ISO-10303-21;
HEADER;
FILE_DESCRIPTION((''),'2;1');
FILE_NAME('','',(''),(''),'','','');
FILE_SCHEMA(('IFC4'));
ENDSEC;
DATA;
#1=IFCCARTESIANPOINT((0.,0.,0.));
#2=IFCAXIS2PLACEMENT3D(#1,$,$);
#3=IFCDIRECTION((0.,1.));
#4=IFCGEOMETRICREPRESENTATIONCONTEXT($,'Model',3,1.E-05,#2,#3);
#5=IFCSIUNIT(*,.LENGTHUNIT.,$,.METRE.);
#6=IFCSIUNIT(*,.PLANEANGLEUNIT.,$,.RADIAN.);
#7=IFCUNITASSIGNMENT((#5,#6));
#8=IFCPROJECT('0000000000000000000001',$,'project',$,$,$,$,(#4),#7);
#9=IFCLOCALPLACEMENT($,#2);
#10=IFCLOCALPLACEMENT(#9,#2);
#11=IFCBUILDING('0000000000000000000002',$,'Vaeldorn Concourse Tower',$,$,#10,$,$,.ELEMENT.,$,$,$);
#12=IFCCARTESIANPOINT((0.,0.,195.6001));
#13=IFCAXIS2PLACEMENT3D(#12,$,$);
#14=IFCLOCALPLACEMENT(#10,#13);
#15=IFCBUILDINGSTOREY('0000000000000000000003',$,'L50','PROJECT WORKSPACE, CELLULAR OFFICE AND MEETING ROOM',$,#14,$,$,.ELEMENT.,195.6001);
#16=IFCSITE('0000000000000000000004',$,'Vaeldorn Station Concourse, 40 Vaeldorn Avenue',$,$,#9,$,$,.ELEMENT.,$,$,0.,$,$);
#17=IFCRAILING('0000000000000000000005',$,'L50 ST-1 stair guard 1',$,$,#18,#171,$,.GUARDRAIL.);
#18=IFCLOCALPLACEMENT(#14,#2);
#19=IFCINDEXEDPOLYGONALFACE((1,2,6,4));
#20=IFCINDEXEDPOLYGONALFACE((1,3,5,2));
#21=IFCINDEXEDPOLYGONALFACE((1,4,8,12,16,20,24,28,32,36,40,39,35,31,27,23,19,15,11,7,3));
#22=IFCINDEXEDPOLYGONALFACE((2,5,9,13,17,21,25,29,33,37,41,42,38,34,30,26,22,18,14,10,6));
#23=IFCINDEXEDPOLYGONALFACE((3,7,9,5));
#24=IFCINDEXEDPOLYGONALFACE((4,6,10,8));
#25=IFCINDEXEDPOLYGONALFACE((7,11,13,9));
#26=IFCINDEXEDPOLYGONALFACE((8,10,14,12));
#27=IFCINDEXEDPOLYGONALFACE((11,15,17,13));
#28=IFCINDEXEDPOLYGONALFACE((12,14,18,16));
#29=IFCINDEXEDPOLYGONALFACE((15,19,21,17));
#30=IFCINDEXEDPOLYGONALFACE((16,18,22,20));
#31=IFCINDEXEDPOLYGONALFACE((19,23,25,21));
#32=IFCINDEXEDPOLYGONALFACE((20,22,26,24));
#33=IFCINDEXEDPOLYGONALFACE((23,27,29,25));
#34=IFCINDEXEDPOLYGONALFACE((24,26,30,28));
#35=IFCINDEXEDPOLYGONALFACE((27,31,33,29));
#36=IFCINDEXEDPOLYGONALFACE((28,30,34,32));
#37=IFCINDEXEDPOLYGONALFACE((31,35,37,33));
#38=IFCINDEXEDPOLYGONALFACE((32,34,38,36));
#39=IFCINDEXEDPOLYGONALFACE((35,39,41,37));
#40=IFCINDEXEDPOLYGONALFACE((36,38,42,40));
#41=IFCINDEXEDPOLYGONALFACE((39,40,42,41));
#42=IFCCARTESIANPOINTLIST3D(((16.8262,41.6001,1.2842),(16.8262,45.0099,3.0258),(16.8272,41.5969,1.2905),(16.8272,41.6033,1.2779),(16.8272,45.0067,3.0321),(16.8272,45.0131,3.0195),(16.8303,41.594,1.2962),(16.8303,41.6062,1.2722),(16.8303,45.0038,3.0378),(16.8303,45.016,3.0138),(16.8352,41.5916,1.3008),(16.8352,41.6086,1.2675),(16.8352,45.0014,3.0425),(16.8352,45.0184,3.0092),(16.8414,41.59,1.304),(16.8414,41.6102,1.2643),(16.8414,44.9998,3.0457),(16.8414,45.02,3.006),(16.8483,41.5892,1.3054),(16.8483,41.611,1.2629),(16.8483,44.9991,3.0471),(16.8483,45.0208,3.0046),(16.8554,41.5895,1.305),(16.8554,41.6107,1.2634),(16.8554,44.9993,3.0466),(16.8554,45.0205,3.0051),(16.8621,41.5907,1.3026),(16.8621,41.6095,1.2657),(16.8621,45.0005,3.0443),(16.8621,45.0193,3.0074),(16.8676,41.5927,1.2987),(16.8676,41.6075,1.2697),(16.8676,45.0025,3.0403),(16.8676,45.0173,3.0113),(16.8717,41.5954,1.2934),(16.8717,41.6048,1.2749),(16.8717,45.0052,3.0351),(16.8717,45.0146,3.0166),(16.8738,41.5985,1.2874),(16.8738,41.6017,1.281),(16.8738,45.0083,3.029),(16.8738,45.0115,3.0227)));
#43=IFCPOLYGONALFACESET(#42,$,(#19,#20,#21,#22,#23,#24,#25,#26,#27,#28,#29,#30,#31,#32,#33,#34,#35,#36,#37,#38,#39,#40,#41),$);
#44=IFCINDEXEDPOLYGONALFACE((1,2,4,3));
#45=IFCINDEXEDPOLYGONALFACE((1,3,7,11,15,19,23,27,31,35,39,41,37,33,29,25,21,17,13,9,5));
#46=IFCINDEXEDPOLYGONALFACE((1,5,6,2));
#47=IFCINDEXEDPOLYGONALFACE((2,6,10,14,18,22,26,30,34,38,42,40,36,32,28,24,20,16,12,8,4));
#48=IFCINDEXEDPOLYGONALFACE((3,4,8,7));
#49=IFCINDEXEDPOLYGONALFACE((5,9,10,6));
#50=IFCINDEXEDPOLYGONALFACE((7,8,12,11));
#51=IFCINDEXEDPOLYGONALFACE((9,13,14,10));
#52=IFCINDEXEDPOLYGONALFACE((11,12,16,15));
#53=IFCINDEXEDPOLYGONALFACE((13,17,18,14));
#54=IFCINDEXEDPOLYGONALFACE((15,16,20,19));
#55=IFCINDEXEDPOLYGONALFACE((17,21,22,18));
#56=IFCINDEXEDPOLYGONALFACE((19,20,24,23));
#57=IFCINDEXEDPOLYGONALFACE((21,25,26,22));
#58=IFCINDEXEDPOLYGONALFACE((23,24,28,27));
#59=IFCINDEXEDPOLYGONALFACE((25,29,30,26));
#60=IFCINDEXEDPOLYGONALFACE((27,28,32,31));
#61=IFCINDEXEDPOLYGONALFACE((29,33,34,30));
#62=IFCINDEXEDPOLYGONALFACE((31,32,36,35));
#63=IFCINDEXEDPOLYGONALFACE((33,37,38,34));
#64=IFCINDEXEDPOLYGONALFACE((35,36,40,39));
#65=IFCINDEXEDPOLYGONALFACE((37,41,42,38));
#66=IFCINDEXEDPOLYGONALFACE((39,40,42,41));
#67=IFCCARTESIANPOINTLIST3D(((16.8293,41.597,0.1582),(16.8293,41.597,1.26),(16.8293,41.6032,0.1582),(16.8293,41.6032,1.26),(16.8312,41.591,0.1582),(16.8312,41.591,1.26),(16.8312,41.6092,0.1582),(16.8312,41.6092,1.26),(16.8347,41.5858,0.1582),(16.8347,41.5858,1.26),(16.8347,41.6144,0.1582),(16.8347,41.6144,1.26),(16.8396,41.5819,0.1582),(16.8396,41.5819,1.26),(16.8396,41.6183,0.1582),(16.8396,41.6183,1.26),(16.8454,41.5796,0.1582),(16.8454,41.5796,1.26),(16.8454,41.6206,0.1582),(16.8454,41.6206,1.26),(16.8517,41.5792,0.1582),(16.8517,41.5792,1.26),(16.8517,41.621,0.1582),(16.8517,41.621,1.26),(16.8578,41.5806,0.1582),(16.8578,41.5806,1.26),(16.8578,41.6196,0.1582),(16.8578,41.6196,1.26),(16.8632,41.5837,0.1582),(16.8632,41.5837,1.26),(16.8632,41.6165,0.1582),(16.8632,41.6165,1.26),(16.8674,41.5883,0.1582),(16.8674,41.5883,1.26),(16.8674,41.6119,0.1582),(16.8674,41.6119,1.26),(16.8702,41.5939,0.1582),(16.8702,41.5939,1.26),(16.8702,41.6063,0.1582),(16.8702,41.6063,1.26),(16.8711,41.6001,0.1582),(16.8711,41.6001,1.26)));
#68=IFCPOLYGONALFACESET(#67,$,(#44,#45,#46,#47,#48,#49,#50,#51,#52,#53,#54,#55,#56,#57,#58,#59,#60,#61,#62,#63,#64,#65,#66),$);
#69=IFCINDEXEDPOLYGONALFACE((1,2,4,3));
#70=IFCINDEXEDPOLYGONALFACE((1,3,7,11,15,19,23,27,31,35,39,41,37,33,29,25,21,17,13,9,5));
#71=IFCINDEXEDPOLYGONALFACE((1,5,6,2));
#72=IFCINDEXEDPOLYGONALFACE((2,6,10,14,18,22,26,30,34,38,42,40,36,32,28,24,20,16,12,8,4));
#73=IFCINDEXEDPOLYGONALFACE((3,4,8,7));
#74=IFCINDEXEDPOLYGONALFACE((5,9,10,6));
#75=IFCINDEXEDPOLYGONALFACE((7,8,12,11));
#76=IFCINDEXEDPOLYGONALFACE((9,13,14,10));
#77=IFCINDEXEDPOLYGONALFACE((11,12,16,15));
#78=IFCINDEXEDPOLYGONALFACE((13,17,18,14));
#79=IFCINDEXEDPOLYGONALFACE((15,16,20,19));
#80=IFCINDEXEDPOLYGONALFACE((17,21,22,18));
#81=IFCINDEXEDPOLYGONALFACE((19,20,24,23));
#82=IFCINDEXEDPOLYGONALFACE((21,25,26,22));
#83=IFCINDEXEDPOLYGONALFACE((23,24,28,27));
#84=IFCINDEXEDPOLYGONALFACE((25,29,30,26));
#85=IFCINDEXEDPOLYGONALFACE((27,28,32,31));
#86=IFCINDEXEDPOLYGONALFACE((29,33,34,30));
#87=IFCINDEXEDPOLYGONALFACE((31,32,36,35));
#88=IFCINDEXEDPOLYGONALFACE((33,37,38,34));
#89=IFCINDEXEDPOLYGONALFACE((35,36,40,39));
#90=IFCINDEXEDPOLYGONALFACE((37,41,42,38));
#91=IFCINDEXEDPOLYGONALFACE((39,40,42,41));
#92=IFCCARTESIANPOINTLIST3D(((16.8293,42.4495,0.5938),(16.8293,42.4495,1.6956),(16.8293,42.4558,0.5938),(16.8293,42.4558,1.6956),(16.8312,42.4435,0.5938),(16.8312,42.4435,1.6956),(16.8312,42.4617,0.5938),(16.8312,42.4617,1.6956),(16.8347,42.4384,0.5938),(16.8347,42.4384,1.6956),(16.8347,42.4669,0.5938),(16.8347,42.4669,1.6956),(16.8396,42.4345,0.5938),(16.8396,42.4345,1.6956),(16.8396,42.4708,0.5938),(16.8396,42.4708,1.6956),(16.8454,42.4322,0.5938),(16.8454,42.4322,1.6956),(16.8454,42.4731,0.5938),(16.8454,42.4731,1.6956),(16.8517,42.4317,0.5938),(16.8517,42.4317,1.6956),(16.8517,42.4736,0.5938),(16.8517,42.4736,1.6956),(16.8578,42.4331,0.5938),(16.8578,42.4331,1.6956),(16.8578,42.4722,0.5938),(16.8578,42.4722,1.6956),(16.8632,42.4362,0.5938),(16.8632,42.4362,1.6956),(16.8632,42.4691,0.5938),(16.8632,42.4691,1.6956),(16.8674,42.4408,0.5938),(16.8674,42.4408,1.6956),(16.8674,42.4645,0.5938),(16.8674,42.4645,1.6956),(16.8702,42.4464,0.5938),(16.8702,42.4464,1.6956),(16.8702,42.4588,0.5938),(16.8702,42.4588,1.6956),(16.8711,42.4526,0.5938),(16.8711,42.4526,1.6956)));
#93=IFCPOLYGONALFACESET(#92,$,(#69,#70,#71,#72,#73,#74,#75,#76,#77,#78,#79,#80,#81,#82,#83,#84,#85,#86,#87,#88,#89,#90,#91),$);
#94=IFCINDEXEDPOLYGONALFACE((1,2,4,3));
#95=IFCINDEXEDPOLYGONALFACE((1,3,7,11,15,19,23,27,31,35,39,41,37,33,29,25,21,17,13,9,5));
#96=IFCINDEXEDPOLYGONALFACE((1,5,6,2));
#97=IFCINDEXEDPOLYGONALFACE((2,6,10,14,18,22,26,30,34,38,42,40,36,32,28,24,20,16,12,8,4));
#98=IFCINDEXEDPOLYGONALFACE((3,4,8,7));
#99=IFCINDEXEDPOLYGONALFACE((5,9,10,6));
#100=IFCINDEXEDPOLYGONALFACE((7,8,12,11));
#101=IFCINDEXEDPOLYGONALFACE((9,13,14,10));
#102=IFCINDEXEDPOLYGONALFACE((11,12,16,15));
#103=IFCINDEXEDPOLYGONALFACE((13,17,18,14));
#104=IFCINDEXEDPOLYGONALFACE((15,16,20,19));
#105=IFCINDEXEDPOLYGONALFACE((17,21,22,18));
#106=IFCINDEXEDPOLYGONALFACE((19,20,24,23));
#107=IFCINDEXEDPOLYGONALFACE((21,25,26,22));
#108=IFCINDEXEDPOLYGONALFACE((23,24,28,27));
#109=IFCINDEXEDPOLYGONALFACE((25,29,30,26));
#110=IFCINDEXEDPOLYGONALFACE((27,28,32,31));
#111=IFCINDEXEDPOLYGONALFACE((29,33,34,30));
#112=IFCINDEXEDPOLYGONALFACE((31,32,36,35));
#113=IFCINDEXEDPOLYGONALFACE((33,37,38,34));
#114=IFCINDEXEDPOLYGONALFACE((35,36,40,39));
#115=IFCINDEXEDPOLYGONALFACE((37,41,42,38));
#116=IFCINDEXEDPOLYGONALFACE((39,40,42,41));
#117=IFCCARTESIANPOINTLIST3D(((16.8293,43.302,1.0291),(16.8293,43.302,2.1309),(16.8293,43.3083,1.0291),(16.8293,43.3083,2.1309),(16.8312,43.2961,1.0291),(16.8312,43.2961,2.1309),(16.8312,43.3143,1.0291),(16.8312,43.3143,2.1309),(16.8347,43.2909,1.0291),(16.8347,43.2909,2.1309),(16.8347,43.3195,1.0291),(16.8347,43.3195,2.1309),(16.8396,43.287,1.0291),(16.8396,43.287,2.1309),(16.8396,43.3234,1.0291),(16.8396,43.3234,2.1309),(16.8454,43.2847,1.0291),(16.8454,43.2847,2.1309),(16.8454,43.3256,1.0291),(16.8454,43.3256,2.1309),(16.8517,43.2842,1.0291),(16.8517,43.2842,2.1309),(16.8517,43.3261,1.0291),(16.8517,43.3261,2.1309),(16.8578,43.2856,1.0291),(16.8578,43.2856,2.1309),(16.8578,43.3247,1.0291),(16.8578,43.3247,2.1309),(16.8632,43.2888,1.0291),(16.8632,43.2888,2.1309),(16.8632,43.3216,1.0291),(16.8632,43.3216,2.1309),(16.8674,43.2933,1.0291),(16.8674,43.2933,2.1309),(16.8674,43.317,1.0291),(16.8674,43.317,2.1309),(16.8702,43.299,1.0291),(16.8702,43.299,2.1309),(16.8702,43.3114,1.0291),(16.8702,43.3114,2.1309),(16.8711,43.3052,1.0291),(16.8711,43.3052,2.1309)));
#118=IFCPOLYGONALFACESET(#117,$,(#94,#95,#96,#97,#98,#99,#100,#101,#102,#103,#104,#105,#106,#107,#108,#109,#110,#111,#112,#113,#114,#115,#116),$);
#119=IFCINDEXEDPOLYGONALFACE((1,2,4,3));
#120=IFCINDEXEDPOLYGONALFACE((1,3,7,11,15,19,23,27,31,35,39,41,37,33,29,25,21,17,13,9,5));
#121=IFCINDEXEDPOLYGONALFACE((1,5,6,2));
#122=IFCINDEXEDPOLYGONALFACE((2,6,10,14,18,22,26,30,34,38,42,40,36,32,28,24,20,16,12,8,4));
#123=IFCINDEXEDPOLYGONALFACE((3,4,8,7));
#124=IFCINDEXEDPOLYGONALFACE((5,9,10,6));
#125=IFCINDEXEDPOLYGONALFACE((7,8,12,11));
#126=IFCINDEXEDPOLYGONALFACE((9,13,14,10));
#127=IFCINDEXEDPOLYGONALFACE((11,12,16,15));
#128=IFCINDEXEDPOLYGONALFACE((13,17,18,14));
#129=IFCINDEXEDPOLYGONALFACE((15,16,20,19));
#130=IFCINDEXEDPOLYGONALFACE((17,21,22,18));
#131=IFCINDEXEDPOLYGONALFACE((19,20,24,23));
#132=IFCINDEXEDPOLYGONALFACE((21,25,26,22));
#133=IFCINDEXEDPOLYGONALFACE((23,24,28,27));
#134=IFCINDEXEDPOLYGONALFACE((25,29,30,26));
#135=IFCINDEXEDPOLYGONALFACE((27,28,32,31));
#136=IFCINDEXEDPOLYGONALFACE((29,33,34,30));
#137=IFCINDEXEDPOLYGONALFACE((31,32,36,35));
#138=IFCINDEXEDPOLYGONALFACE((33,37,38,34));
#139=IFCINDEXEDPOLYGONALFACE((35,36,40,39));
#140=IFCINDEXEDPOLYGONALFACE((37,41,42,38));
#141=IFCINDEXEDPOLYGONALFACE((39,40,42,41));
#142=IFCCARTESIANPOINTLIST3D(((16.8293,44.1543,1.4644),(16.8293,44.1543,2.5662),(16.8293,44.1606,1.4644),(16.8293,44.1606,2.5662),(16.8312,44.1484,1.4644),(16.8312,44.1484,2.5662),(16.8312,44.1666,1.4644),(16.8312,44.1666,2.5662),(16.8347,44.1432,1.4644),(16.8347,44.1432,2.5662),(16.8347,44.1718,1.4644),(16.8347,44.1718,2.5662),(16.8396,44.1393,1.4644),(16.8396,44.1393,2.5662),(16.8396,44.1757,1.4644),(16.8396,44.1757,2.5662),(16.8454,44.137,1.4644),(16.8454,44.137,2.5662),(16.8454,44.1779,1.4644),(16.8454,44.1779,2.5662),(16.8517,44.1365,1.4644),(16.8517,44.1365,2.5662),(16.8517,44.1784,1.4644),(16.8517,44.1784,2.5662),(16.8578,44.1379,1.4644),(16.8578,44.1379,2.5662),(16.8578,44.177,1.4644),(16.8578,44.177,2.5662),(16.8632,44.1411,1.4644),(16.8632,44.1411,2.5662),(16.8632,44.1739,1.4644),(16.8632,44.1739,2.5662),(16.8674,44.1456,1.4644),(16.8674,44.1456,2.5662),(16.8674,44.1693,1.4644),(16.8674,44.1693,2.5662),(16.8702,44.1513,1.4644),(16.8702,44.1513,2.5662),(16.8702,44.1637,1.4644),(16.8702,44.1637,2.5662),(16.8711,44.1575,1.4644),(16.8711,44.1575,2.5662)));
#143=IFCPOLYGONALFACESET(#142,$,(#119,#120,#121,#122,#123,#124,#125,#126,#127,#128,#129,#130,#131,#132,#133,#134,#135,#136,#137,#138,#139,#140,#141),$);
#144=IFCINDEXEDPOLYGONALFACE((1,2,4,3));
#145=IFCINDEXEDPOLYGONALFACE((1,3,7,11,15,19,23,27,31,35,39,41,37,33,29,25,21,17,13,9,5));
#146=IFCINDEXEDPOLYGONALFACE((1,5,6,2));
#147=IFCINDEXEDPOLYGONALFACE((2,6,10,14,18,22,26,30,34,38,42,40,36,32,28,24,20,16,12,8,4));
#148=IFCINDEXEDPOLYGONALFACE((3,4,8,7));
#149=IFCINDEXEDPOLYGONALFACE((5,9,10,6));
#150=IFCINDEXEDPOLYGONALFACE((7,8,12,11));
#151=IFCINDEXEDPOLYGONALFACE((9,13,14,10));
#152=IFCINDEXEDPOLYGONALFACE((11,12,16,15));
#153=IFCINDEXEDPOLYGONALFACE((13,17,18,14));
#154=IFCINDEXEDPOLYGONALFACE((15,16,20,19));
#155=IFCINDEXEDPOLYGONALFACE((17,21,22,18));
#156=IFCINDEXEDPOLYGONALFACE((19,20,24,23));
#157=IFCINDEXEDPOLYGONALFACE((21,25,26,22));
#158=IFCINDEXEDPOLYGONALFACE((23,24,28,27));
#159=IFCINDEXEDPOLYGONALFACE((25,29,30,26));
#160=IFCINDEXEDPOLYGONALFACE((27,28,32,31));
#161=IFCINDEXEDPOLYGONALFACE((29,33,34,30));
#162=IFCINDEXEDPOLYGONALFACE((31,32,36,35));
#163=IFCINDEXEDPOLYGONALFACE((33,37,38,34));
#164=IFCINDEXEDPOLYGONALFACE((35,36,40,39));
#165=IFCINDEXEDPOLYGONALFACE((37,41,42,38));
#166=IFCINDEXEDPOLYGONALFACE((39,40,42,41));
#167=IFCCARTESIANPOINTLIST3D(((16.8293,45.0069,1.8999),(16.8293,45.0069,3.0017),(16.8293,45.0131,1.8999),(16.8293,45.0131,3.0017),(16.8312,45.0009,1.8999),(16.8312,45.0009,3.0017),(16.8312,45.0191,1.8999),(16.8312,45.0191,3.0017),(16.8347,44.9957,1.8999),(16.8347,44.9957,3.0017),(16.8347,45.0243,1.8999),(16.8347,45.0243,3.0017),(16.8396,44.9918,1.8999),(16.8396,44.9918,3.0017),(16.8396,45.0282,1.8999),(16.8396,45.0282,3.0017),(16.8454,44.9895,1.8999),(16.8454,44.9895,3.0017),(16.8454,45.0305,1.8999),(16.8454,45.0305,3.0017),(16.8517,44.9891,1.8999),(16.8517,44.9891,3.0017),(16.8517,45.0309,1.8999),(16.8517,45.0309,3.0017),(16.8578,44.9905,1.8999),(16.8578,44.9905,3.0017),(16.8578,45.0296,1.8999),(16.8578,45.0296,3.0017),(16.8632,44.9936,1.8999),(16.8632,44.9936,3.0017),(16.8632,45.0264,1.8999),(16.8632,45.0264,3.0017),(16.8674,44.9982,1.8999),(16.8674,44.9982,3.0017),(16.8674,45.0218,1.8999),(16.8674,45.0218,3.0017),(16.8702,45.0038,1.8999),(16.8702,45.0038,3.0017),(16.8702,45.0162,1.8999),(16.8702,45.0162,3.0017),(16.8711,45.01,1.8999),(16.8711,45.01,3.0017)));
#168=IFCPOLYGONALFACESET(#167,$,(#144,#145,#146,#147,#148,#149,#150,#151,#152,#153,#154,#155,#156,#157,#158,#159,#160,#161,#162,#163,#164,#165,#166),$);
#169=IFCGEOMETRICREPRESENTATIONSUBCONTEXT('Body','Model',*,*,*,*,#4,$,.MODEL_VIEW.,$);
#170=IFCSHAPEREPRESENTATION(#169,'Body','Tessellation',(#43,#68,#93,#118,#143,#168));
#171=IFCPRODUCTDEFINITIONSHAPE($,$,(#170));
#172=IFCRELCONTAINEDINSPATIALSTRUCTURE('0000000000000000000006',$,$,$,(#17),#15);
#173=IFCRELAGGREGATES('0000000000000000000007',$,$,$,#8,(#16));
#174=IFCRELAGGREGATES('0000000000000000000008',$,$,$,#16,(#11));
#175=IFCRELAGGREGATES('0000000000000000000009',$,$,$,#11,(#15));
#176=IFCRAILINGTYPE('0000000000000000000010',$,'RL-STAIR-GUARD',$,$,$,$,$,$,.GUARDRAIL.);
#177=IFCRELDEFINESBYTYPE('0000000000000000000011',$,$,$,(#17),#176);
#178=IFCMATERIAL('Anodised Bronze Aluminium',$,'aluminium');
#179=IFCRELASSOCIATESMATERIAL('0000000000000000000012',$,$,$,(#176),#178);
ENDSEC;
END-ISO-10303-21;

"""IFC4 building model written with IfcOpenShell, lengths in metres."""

from ifc_helpers import new_model, si_unit, direction, frame, origin, origin_2d, place, context, subcontext, project, spatial, circle, extrude, material, type_object, element, save


model = new_model("IFC4")

# Units and contexts
model_context = context("Model", 3, precision=1e-05, world=origin(), true_north=direction((0.0, 1.0)))
body_context = subcontext(model_context, "Body", "Model", "MODEL_VIEW")
ifc_project = project(units=[si_unit("LENGTHUNIT", "METRE"), si_unit("PLANEANGLEUNIT", "RADIAN")], contexts=[model_context])

# Site, building, storey
site_placement = place(None, origin())
site = spatial("IfcSite", under=ifc_project, at=site_placement, Name="Vaeldorn Station Concourse, 40 Vaeldorn Avenue", CompositionType="ELEMENT", RefElevation=0.0)
building_placement = place(site_placement, origin())
building = spatial("IfcBuilding", under=site, at=building_placement, Name="Vaeldorn Concourse Tower", CompositionType="ELEMENT")
storey_placement = place(building_placement, frame((0.0, 0.0, 195.6001)))
storey = spatial("IfcBuildingStorey", under=building, at=storey_placement, Name="L50", Description="PROJECT WORKSPACE, CELLULAR OFFICE AND MEETING ROOM", CompositionType="ELEMENT", Elevation=195.6001)

# Shared definitions
ifc_material_1 = material(Name="Anodised Bronze Aluminium", Category="aluminium")

# Railing
railing_type_1 = type_object("IfcRailingType", Name="RL-STAIR-GUARD", PredefinedType="GUARDRAIL", material=ifc_material_1)
railing_1_placement = place(storey_placement, frame((16.8501, 41.6001, 0.1582)))
element("IfcRailing", 1, at=railing_1_placement, inside=storey, type_object=railing_type_1, Name="L50 ST-1 stair guard 1", PredefinedType="GUARDRAIL", context=body_context, shape_type="SweptSolid", body=[
    extrude(circle(Radius=0.0239, at=origin_2d()), frame((0.0, 0.0, 1.126), z_axis=(0.0, 0.890556, 0.454874), x_axis=(-1.0, 0.0, 0.0)), (0.0, 0.0, 1.0), 3.8289),
    extrude(circle(Radius=0.021, at=origin_2d()), origin(), (0.0, 0.0, 1.0), 1.1018),
    extrude(circle(Radius=0.021, at=origin_2d()), frame((0.0, 0.8525, 0.4355)), (0.0, 0.0, 1.0), 1.1018),
    extrude(circle(Radius=0.021, at=origin_2d()), frame((0.0, 1.7051, 0.8708)), (0.0, 0.0, 1.0), 1.1018),
    extrude(circle(Radius=0.021, at=origin_2d()), frame((0.0, 2.5574, 1.3062)), (0.0, 0.0, 1.0), 1.1018),
    extrude(circle(Radius=0.021, at=origin_2d()), frame((0.0, 3.4099, 1.7417)), (0.0, 0.0, 1.0), 1.1018),
])

save(model, "model.ifc")
